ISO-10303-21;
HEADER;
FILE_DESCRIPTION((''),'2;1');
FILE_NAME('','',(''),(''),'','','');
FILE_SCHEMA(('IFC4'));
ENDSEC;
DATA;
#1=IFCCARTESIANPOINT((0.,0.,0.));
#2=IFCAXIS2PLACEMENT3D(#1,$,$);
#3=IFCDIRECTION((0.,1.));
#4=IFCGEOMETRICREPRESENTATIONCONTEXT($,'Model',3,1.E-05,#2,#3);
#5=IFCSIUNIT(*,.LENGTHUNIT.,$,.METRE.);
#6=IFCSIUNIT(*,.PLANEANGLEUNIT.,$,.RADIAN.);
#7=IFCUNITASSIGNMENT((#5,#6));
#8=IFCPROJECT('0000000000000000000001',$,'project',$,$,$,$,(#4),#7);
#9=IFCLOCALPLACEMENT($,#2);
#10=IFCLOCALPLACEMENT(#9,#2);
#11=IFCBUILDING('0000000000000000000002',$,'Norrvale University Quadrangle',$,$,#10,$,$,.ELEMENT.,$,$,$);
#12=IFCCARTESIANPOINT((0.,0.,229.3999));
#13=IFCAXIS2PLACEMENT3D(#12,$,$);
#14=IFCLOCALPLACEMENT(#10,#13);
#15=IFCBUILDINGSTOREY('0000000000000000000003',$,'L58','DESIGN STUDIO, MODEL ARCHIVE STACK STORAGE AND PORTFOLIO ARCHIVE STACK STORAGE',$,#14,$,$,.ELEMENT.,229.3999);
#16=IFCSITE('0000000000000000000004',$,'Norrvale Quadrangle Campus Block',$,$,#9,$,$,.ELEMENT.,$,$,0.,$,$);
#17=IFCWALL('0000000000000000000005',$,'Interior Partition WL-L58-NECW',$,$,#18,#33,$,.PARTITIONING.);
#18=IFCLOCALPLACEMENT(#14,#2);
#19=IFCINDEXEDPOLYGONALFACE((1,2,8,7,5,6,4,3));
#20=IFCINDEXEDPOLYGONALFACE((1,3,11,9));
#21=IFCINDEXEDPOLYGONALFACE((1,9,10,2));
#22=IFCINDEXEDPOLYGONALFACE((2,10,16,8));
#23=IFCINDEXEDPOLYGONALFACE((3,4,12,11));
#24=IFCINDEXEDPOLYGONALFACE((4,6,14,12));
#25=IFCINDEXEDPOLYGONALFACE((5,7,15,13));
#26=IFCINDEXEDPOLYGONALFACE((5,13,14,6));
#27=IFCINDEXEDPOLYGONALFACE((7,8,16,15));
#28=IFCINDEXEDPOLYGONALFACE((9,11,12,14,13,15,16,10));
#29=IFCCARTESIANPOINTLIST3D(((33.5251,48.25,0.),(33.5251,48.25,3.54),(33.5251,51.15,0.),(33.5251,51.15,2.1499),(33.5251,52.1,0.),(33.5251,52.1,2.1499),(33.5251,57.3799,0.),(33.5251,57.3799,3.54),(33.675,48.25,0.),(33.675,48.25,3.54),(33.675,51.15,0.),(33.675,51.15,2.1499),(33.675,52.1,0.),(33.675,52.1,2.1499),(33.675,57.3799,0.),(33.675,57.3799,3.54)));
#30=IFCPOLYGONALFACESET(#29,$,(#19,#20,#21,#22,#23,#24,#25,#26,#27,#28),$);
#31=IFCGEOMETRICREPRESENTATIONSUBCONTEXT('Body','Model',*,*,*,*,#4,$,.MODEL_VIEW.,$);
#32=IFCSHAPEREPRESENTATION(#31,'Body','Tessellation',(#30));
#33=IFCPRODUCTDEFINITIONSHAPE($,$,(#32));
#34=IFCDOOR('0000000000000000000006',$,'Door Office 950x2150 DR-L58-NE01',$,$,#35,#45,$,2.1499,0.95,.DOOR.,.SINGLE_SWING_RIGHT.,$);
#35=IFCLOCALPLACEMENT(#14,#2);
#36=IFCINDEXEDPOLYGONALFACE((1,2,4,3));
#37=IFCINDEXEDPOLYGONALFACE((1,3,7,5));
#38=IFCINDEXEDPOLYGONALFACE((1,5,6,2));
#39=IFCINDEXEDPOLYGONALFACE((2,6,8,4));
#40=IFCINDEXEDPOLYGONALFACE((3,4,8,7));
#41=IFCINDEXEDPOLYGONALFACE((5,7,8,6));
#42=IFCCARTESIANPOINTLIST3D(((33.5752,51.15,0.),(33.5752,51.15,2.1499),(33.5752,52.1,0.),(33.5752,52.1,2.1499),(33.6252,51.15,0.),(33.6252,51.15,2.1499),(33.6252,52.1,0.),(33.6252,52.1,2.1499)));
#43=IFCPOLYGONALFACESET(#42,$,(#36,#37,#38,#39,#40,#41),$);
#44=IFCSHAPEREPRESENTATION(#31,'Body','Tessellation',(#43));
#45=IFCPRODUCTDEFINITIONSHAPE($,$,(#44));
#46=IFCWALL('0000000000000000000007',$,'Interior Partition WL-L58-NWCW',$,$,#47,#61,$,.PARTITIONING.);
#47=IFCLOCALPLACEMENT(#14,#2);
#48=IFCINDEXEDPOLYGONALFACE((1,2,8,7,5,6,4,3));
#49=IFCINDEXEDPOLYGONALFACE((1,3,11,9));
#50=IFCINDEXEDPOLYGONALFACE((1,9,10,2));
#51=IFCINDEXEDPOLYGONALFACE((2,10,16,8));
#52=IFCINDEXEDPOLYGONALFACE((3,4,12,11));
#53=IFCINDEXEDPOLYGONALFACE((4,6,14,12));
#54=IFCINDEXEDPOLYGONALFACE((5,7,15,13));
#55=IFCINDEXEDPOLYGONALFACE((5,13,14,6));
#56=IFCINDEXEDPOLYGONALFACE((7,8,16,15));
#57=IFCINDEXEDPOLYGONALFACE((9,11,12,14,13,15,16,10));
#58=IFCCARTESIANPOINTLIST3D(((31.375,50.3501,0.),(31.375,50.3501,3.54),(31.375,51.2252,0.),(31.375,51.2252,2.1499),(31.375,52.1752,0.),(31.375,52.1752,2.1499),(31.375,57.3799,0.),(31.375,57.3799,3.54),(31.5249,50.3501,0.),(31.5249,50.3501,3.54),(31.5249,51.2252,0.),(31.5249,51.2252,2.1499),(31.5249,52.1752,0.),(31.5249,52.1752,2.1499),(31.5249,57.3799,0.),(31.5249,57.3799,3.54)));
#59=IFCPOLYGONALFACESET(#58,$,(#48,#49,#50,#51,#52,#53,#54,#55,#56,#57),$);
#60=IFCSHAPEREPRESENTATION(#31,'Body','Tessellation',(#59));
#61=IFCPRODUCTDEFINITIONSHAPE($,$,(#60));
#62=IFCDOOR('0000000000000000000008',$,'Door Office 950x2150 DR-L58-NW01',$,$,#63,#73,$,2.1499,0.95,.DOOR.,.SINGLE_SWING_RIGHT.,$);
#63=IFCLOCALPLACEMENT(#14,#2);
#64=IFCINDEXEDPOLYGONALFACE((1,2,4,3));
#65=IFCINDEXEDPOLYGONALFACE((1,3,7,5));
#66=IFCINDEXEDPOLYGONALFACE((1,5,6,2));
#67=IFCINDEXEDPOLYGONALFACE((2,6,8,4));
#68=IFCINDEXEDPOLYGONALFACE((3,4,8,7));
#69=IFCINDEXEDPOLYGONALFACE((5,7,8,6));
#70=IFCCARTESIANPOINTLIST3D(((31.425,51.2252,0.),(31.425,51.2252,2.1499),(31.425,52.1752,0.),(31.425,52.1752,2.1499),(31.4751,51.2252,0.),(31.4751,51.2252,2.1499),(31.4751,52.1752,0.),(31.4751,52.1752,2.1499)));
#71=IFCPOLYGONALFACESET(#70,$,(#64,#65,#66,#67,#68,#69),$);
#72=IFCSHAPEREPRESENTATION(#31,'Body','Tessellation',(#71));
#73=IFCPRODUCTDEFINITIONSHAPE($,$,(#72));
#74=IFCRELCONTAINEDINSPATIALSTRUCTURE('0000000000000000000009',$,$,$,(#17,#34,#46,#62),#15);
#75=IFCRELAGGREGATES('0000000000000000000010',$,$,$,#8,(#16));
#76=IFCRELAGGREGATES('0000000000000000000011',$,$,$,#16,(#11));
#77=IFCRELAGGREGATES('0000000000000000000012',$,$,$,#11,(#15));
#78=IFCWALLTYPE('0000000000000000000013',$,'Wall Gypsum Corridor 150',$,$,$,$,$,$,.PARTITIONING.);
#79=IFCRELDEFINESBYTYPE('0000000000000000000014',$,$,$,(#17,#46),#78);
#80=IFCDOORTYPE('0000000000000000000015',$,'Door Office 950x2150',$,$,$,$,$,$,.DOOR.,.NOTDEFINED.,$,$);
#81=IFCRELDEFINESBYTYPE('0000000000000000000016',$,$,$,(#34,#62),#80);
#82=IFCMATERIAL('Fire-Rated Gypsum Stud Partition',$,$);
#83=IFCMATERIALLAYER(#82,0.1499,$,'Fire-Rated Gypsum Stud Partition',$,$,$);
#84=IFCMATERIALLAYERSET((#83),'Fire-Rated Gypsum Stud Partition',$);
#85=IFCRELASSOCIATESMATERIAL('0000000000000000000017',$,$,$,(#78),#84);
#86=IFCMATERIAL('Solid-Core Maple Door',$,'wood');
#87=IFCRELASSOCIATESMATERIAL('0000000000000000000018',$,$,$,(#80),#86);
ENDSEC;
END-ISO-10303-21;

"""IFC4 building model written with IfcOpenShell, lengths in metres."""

from ifc_helpers import new_model, si_unit, direction, frame, frame_2d, origin, place, context, subcontext, project, spatial, rectangle, extrude, material, layer, layer_set, type_object, element, fill, save


model = new_model("IFC4")

# Units and contexts
model_context = context("Model", 3, precision=1e-05, world=origin(), true_north=direction((0.0, 1.0)))
body_context = subcontext(model_context, "Body", "Model", "MODEL_VIEW")
ifc_project = project(units=[si_unit("LENGTHUNIT", "METRE"), si_unit("PLANEANGLEUNIT", "RADIAN")], contexts=[model_context])

# Site, building, storey
site_placement = place(None, origin())
site = spatial("IfcSite", under=ifc_project, at=site_placement, Name="Norrvale Quadrangle Campus Block", CompositionType="ELEMENT", RefElevation=0.0)
building_placement = place(site_placement, origin())
building = spatial("IfcBuilding", under=site, at=building_placement, Name="Norrvale University Quadrangle", CompositionType="ELEMENT")
storey_placement = place(building_placement, frame((0.0, 0.0, 229.3999)))
storey = spatial("IfcBuildingStorey", under=building, at=storey_placement, Name="L58", Description="DESIGN STUDIO, MODEL ARCHIVE STACK STORAGE AND PORTFOLIO ARCHIVE STACK STORAGE", CompositionType="ELEMENT", Elevation=229.3999)

# Shared definitions
ifc_material_1 = material(Name="Fire-Rated Gypsum Stud Partition")
ifc_layer_1 = layer(ifc_material_1, 0.1499, Name="Fire-Rated Gypsum Stud Partition")
ifc_layer_set_1 = layer_set([ifc_layer_1], Name="Fire-Rated Gypsum Stud Partition")
wall_type_1 = type_object("IfcWallType", Name="Wall Gypsum Corridor 150", PredefinedType="PARTITIONING", material=ifc_layer_set_1)

# Walls, openings, doors
wall_1_placement = place(storey_placement, frame((33.6001, 48.25, 0.0), z_axis=(0.0, 0.0, 1.0), x_axis=(0.0, 1.0, 0.0)))
wall_1 = element("IfcWall", 1, at=wall_1_placement, inside=storey, type_object=wall_type_1, Name="Interior Partition WL-L58-NECW", PredefinedType="PARTITIONING", context=body_context, shape_type="SweptSolid", body=[
    extrude(rectangle(XDim=9.1299, YDim=0.1499, at=frame_2d((4.5649, 0.0))), origin(), (0.0, 0.0, 1.0), 3.54),
])
opening_1_placement = place(wall_1_placement, frame((2.8999, 0.0, 0.0)))
opening_1 = element("IfcOpeningElement", 2, at=opening_1_placement, cuts=wall_1, PredefinedType="OPENING", context=body_context, shape_type="SweptSolid", body=[
    extrude(rectangle(XDim=0.95, YDim=2.1499, at=frame_2d((0.4751, 1.075))), frame((0.0, 0.0869, 0.0), z_axis=(0.0, -1.0, 0.0), x_axis=(1.0, 0.0, 0.0)), (0.0, 0.0, 1.0), 0.1738),
])
ifc_material_2 = material(Name="Solid-Core Maple Door", Category="wood")
door_type = type_object("IfcDoorType", Name="Door Office 950x2150", OperationType="NOTDEFINED", PredefinedType="DOOR", material=ifc_material_2)
door_1_placement = place(opening_1_placement, origin())
door_1 = element("IfcDoor", 3, at=door_1_placement, inside=storey, type_object=door_type, Name="Door Office 950x2150 DR-L58-NE01", OperationType="SINGLE_SWING_RIGHT", OverallHeight=2.1499, OverallWidth=0.95, PredefinedType="DOOR", context=body_context, shape_type="SweptSolid", body=[
    extrude(rectangle(XDim=0.95, YDim=2.1499, at=frame_2d((0.4751, 1.075))), frame((0.0, 0.0249, 0.0), z_axis=(0.0, -1.0, 0.0), x_axis=(1.0, 0.0, 0.0)), (0.0, 0.0, 1.0), 0.05),
])
fill(opening_1, door_1)
wall_2_placement = place(storey_placement, frame((31.45, 50.3501, 0.0), z_axis=(0.0, 0.0, 1.0), x_axis=(0.0, 1.0, 0.0)))
wall_2 = element("IfcWall", 4, at=wall_2_placement, inside=storey, type_object=wall_type_1, Name="Interior Partition WL-L58-NWCW", PredefinedType="PARTITIONING", context=body_context, shape_type="SweptSolid", body=[
    extrude(rectangle(XDim=7.0298, YDim=0.1499, at=frame_2d((3.5149, 0.0))), origin(), (0.0, 0.0, 1.0), 3.54),
])
opening_2_placement = place(wall_2_placement, frame((0.875, 0.0, 0.0)))
opening_2 = element("IfcOpeningElement", 5, at=opening_2_placement, cuts=wall_2, PredefinedType="OPENING", context=body_context, shape_type="SweptSolid", body=[
    extrude(rectangle(XDim=0.95, YDim=2.1499, at=frame_2d((0.4751, 1.075))), frame((0.0, 0.0869, 0.0), z_axis=(0.0, -1.0, 0.0), x_axis=(1.0, 0.0, 0.0)), (0.0, 0.0, 1.0), 0.1738),
])
door_2_placement = place(opening_2_placement, origin())
door_2 = element("IfcDoor", 6, at=door_2_placement, inside=storey, type_object=door_type, Name="Door Office 950x2150 DR-L58-NW01", OperationType="SINGLE_SWING_RIGHT", OverallHeight=2.1499, OverallWidth=0.95, PredefinedType="DOOR", context=body_context, shape_type="SweptSolid", body=[
    extrude(rectangle(XDim=0.95, YDim=2.1499, at=frame_2d((0.4751, 1.075))), frame((0.0, 0.0249, 0.0), z_axis=(0.0, -1.0, 0.0), x_axis=(1.0, 0.0, 0.0)), (0.0, 0.0, 1.0), 0.05),
])
fill(opening_2, door_2)

save(model, "model.ifc")
